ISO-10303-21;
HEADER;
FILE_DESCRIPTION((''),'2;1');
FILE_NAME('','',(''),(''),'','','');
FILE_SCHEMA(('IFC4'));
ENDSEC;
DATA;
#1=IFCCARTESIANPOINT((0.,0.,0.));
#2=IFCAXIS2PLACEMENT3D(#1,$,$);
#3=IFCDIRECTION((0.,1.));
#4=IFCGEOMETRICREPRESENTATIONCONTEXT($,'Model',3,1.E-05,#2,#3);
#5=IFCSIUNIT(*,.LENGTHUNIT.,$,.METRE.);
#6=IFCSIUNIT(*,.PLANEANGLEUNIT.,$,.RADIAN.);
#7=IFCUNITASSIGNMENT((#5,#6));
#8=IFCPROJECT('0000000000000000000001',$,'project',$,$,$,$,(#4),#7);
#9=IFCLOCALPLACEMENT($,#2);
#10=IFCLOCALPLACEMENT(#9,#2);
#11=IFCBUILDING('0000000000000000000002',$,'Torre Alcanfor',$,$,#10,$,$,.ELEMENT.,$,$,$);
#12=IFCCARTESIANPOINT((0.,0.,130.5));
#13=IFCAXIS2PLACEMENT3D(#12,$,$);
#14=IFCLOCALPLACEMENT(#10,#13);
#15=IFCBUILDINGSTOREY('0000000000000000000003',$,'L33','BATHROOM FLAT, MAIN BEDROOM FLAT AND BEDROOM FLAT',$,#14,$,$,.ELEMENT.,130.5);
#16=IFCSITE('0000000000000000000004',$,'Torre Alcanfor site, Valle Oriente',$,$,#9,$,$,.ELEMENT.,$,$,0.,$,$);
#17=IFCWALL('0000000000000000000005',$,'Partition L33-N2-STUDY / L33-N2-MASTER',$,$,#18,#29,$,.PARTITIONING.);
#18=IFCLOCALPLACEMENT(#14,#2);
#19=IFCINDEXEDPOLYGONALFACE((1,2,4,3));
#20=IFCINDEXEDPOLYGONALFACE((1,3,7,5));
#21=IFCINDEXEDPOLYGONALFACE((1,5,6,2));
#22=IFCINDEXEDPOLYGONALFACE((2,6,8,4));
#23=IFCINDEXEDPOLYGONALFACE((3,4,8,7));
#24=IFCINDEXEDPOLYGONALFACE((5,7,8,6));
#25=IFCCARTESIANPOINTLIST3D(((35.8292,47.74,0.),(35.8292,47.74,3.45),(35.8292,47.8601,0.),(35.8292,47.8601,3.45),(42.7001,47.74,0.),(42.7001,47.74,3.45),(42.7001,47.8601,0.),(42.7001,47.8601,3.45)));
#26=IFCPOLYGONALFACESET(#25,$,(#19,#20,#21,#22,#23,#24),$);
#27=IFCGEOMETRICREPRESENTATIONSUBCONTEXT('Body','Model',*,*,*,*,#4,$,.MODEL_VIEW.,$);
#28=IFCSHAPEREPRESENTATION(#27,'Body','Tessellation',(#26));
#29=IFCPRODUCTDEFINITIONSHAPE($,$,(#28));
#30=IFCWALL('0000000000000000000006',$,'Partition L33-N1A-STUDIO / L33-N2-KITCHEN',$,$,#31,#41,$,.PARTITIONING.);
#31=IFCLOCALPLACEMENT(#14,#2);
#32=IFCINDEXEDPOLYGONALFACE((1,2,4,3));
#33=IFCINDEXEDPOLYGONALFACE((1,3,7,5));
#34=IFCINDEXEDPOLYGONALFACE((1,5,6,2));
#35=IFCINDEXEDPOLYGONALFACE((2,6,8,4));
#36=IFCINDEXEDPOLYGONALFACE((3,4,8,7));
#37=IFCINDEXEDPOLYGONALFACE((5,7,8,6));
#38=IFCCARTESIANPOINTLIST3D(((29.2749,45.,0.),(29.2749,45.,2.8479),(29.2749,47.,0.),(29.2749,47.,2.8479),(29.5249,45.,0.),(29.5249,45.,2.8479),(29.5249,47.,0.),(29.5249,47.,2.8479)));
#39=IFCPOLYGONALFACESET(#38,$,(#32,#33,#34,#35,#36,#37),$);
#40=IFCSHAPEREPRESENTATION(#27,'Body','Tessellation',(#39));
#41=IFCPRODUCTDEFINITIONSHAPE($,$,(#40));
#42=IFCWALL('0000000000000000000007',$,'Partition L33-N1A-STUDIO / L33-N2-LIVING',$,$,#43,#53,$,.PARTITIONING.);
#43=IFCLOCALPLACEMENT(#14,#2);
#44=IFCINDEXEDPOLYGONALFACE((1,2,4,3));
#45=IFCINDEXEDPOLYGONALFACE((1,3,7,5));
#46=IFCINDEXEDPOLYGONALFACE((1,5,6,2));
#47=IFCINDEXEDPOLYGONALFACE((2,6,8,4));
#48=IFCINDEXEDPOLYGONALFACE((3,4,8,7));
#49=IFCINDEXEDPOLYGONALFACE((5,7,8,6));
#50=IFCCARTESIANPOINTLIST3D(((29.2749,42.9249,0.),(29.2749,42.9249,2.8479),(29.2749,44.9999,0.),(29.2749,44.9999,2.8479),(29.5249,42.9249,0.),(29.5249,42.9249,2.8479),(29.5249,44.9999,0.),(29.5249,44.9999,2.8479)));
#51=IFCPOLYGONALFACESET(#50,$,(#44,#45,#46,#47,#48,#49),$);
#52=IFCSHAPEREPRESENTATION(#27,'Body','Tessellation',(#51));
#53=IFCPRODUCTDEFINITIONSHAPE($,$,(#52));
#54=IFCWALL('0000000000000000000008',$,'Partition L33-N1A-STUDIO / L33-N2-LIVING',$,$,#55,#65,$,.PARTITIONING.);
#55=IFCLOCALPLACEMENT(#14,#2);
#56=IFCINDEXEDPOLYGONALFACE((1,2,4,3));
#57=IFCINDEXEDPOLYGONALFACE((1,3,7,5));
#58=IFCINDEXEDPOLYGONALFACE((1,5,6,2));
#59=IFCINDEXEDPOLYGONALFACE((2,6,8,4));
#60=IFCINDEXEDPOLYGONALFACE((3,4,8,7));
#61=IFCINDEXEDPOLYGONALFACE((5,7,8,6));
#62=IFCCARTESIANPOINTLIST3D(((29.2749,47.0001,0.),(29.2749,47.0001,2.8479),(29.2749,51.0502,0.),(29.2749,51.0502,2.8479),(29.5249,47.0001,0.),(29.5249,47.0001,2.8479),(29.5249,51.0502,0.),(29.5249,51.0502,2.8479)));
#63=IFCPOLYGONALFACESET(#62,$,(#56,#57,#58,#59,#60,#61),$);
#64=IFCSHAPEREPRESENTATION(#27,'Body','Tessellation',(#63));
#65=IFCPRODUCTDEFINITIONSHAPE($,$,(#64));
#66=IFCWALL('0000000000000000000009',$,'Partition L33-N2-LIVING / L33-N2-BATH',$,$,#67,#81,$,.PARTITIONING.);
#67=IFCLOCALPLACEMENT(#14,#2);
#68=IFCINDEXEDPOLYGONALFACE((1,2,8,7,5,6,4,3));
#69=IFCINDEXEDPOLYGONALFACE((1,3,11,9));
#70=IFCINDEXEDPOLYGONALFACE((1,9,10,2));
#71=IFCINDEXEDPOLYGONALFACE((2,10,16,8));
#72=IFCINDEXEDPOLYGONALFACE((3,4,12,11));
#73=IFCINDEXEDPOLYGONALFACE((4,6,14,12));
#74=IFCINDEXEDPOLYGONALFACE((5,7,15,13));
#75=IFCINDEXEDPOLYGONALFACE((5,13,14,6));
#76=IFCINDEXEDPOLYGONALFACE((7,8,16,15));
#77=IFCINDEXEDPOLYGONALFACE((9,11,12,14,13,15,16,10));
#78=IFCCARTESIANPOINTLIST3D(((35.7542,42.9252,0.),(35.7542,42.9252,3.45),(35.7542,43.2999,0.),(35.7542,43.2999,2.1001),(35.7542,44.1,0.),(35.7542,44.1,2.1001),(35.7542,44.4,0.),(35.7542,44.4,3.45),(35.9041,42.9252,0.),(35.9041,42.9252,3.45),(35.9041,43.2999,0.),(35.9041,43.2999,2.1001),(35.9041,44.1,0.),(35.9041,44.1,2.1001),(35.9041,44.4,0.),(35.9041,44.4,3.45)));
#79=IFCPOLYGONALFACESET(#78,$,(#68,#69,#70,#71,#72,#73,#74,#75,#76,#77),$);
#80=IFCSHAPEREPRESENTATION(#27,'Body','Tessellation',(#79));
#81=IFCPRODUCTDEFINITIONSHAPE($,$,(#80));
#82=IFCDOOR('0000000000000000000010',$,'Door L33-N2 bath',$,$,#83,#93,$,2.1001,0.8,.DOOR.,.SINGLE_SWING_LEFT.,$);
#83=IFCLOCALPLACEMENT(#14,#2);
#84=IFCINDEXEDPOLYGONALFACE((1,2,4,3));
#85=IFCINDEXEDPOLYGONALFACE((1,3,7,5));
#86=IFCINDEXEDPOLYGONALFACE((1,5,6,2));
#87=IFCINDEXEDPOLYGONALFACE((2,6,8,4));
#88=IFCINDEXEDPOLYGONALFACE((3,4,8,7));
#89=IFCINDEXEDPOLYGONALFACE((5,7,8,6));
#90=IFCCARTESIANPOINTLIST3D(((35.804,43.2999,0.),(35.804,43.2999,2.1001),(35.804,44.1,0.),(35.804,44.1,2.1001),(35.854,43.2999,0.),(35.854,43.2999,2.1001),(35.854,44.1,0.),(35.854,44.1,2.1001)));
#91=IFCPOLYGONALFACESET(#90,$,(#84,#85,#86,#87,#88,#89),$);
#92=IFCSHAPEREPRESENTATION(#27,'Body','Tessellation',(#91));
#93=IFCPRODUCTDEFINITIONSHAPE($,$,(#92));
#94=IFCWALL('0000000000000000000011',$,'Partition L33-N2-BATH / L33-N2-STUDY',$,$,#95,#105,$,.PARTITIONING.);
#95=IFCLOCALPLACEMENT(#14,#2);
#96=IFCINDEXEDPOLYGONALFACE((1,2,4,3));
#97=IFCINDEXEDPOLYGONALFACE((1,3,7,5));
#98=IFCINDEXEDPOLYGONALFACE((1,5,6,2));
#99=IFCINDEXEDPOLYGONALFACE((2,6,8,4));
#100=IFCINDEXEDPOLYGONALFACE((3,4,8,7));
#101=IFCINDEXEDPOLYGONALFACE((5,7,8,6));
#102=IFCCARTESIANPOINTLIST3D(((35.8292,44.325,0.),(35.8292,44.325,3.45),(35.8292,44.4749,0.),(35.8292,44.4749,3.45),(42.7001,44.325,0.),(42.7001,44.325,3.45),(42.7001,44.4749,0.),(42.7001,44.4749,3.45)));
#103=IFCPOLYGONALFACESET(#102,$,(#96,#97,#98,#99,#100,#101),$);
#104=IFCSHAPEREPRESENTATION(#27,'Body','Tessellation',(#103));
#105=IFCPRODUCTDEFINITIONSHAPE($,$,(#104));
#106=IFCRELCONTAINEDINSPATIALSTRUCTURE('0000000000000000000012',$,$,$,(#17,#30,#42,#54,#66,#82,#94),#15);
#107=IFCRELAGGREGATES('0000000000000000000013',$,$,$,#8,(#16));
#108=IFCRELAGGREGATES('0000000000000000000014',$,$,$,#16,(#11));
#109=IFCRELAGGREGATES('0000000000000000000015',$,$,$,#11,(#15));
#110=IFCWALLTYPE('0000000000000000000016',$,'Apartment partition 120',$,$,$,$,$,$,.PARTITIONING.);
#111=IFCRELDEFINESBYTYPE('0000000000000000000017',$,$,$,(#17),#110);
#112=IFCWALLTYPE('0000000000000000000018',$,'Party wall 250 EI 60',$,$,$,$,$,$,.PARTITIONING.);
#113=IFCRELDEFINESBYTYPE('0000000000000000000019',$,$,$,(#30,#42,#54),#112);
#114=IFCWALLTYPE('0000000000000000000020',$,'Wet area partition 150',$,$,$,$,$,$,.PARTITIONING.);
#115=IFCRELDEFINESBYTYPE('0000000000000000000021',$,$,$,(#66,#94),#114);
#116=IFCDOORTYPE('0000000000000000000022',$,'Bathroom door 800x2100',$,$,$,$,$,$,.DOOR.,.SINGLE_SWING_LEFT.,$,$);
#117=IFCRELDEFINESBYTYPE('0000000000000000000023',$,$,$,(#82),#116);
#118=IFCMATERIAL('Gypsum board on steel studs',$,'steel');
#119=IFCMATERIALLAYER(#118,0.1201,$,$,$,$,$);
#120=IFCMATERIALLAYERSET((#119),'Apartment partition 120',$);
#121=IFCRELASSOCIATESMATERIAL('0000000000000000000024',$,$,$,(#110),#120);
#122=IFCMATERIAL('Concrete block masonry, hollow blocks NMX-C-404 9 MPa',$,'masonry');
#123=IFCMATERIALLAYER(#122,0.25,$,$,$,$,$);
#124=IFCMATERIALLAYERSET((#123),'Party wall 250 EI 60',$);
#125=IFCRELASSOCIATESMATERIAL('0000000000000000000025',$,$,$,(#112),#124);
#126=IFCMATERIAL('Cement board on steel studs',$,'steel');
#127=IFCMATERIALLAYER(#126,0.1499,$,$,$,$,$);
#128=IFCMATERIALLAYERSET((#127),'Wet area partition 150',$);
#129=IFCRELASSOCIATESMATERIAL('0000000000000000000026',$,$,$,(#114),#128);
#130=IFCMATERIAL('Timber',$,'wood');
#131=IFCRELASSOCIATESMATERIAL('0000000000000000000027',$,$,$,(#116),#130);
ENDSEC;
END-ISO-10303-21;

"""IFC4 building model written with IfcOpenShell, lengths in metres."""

from ifc_helpers import new_model, si_unit, direction, frame, frame_2d, origin, place, context, subcontext, project, spatial, rectangle, extrude, material, layer, layer_set, type_object, element, fill, save


model = new_model("IFC4")

# Units and contexts
model_context = context("Model", 3, precision=1e-05, world=origin(), true_north=direction((0.0, 1.0)))
body_context = subcontext(model_context, "Body", "Model", "MODEL_VIEW")
ifc_project = project(units=[si_unit("LENGTHUNIT", "METRE"), si_unit("PLANEANGLEUNIT", "RADIAN")], contexts=[model_context])

# Site, building, storey
site_placement = place(None, origin())
site = spatial("IfcSite", under=ifc_project, at=site_placement, Name="Torre Alcanfor site, Valle Oriente", CompositionType="ELEMENT", RefElevation=0.0)
building_placement = place(site_placement, origin())
building = spatial("IfcBuilding", under=site, at=building_placement, Name="Torre Alcanfor", CompositionType="ELEMENT")
storey_placement = place(building_placement, frame((0.0, 0.0, 130.5)))
storey = spatial("IfcBuildingStorey", under=building, at=storey_placement, Name="L33", Description="BATHROOM FLAT, MAIN BEDROOM FLAT AND BEDROOM FLAT", CompositionType="ELEMENT", Elevation=130.5)

# Shared definitions
ifc_material_1 = material(Name="Gypsum board on steel studs", Category="steel")
ifc_layer_1 = layer(ifc_material_1, 0.1201)
ifc_layer_set_1 = layer_set([ifc_layer_1], Name="Apartment partition 120")
wall_type_1 = type_object("IfcWallType", Name="Apartment partition 120", PredefinedType="PARTITIONING", material=ifc_layer_set_1)

# Walls
wall_1_placement = place(storey_placement, frame((35.8291, 47.8, 0.0), z_axis=(0.0, 0.0, 1.0), x_axis=(1.0, 0.0, 0.0)))
element("IfcWall", 1, at=wall_1_placement, inside=storey, type_object=wall_type_1, Name="Partition L33-N2-STUDY / L33-N2-MASTER", PredefinedType="PARTITIONING", context=body_context, shape_type="SweptSolid", body=[
    extrude(rectangle(XDim=6.8708, YDim=0.1201, at=frame_2d((3.4355, 0.0))), origin(), (0.0, 0.0, 1.0), 3.45),
])
ifc_material_2 = material(Name="Concrete block masonry, hollow blocks NMX-C-404 9 MPa", Category="masonry")
ifc_layer_2 = layer(ifc_material_2, 0.25)
ifc_layer_set_2 = layer_set([ifc_layer_2], Name="Party wall 250 EI 60")
wall_type_2 = type_object("IfcWallType", Name="Party wall 250 EI 60", PredefinedType="PARTITIONING", material=ifc_layer_set_2)
wall_2_placement = place(storey_placement, frame((29.3999, 47.0, 0.0), z_axis=(0.0, 0.0, 1.0), x_axis=(0.0, -1.0, 0.0)))
element("IfcWall", 2, at=wall_2_placement, inside=storey, type_object=wall_type_2, Name="Partition L33-N1A-STUDIO / L33-N2-KITCHEN", PredefinedType="PARTITIONING", context=body_context, shape_type="SweptSolid", body=[
    extrude(rectangle(XDim=2.0, YDim=0.25, at=frame_2d((1.0, 0.0))), origin(), (0.0, 0.0, 1.0), 2.8479),
])
wall_3_placement = place(storey_placement, frame((29.3999, 45.0, 0.0), z_axis=(0.0, 0.0, 1.0), x_axis=(0.0, -1.0, 0.0)))
element("IfcWall", 3, at=wall_3_placement, inside=storey, type_object=wall_type_2, Name="Partition L33-N1A-STUDIO / L33-N2-LIVING", PredefinedType="PARTITIONING", context=body_context, shape_type="SweptSolid", body=[
    extrude(rectangle(XDim=2.075, YDim=0.25, at=frame_2d((1.0376, 0.0))), origin(), (0.0, 0.0, 1.0), 2.8479),
])
wall_4_placement = place(storey_placement, frame((29.3999, 51.05, 0.0), z_axis=(0.0, 0.0, 1.0), x_axis=(0.0, -1.0, 0.0)))
element("IfcWall", 4, at=wall_4_placement, inside=storey, type_object=wall_type_2, Name="Partition L33-N1A-STUDIO / L33-N2-LIVING", PredefinedType="PARTITIONING", context=body_context, shape_type="SweptSolid", body=[
    extrude(rectangle(XDim=4.05, YDim=0.25, at=frame_2d((2.0249, 0.0))), origin(), (0.0, 0.0, 1.0), 2.8479),
])

# Wall, opening, door
ifc_material_3 = material(Name="Cement board on steel studs", Category="steel")
ifc_layer_3 = layer(ifc_material_3, 0.1499)
ifc_layer_set_3 = layer_set([ifc_layer_3], Name="Wet area partition 150")
wall_type_3 = type_object("IfcWallType", Name="Wet area partition 150", PredefinedType="PARTITIONING", material=ifc_layer_set_3)
wall_5_placement = place(storey_placement, frame((35.8291, 44.3999, 0.0), z_axis=(0.0, 0.0, 1.0), x_axis=(0.0, -1.0, 0.0)))
wall_5 = element("IfcWall", 5, at=wall_5_placement, inside=storey, type_object=wall_type_3, Name="Partition L33-N2-LIVING / L33-N2-BATH", PredefinedType="PARTITIONING", context=body_context, shape_type="SweptSolid", body=[
    extrude(rectangle(XDim=1.4749, YDim=0.1499, at=frame_2d((0.7373, 0.0))), origin(), (0.0, 0.0, 1.0), 3.45),
])
opening_1_placement = place(wall_5_placement, frame((0.3, 0.0, 0.0)))
opening_1 = element("IfcOpeningElement", 6, at=opening_1_placement, cuts=wall_5, PredefinedType="OPENING", context=body_context, shape_type="SweptSolid", body=[
    extrude(rectangle(XDim=0.8, YDim=2.1001, at=frame_2d((0.3999, 1.05))), frame((0.0, 0.085, 0.0), z_axis=(0.0, -1.0, 0.0), x_axis=(1.0, 0.0, 0.0)), (0.0, 0.0, 1.0), 0.1699),
])
ifc_material_4 = material(Name="Timber", Category="wood")
door_type_1 = type_object("IfcDoorType", Name="Bathroom door 800x2100", OperationType="SINGLE_SWING_LEFT", PredefinedType="DOOR", material=ifc_material_4)
door_1_placement = place(opening_1_placement, origin())
door_1 = element("IfcDoor", 7, at=door_1_placement, inside=storey, type_object=door_type_1, Name="Door L33-N2 bath", OperationType="SINGLE_SWING_LEFT", OverallHeight=2.1001, OverallWidth=0.8, PredefinedType="DOOR", context=body_context, shape_type="SweptSolid", body=[
    extrude(rectangle(XDim=0.8, YDim=2.1001, at=frame_2d((0.3999, 1.05))), frame((0.0, 0.0249, 0.0), z_axis=(0.0, -1.0, 0.0), x_axis=(1.0, 0.0, 0.0)), (0.0, 0.0, 1.0), 0.05),
])
fill(opening_1, door_1)

# Wall
wall_6_placement = place(storey_placement, frame((35.8291, 44.3999, 0.0), z_axis=(0.0, 0.0, 1.0), x_axis=(1.0, 0.0, 0.0)))
element("IfcWall", 8, at=wall_6_placement, inside=storey, type_object=wall_type_3, Name="Partition L33-N2-BATH / L33-N2-STUDY", PredefinedType="PARTITIONING", context=body_context, shape_type="SweptSolid", body=[
    extrude(rectangle(XDim=6.8708, YDim=0.1499, at=frame_2d((3.4355, 0.0))), origin(), (0.0, 0.0, 1.0), 3.45),
])

save(model, "model.ifc")
